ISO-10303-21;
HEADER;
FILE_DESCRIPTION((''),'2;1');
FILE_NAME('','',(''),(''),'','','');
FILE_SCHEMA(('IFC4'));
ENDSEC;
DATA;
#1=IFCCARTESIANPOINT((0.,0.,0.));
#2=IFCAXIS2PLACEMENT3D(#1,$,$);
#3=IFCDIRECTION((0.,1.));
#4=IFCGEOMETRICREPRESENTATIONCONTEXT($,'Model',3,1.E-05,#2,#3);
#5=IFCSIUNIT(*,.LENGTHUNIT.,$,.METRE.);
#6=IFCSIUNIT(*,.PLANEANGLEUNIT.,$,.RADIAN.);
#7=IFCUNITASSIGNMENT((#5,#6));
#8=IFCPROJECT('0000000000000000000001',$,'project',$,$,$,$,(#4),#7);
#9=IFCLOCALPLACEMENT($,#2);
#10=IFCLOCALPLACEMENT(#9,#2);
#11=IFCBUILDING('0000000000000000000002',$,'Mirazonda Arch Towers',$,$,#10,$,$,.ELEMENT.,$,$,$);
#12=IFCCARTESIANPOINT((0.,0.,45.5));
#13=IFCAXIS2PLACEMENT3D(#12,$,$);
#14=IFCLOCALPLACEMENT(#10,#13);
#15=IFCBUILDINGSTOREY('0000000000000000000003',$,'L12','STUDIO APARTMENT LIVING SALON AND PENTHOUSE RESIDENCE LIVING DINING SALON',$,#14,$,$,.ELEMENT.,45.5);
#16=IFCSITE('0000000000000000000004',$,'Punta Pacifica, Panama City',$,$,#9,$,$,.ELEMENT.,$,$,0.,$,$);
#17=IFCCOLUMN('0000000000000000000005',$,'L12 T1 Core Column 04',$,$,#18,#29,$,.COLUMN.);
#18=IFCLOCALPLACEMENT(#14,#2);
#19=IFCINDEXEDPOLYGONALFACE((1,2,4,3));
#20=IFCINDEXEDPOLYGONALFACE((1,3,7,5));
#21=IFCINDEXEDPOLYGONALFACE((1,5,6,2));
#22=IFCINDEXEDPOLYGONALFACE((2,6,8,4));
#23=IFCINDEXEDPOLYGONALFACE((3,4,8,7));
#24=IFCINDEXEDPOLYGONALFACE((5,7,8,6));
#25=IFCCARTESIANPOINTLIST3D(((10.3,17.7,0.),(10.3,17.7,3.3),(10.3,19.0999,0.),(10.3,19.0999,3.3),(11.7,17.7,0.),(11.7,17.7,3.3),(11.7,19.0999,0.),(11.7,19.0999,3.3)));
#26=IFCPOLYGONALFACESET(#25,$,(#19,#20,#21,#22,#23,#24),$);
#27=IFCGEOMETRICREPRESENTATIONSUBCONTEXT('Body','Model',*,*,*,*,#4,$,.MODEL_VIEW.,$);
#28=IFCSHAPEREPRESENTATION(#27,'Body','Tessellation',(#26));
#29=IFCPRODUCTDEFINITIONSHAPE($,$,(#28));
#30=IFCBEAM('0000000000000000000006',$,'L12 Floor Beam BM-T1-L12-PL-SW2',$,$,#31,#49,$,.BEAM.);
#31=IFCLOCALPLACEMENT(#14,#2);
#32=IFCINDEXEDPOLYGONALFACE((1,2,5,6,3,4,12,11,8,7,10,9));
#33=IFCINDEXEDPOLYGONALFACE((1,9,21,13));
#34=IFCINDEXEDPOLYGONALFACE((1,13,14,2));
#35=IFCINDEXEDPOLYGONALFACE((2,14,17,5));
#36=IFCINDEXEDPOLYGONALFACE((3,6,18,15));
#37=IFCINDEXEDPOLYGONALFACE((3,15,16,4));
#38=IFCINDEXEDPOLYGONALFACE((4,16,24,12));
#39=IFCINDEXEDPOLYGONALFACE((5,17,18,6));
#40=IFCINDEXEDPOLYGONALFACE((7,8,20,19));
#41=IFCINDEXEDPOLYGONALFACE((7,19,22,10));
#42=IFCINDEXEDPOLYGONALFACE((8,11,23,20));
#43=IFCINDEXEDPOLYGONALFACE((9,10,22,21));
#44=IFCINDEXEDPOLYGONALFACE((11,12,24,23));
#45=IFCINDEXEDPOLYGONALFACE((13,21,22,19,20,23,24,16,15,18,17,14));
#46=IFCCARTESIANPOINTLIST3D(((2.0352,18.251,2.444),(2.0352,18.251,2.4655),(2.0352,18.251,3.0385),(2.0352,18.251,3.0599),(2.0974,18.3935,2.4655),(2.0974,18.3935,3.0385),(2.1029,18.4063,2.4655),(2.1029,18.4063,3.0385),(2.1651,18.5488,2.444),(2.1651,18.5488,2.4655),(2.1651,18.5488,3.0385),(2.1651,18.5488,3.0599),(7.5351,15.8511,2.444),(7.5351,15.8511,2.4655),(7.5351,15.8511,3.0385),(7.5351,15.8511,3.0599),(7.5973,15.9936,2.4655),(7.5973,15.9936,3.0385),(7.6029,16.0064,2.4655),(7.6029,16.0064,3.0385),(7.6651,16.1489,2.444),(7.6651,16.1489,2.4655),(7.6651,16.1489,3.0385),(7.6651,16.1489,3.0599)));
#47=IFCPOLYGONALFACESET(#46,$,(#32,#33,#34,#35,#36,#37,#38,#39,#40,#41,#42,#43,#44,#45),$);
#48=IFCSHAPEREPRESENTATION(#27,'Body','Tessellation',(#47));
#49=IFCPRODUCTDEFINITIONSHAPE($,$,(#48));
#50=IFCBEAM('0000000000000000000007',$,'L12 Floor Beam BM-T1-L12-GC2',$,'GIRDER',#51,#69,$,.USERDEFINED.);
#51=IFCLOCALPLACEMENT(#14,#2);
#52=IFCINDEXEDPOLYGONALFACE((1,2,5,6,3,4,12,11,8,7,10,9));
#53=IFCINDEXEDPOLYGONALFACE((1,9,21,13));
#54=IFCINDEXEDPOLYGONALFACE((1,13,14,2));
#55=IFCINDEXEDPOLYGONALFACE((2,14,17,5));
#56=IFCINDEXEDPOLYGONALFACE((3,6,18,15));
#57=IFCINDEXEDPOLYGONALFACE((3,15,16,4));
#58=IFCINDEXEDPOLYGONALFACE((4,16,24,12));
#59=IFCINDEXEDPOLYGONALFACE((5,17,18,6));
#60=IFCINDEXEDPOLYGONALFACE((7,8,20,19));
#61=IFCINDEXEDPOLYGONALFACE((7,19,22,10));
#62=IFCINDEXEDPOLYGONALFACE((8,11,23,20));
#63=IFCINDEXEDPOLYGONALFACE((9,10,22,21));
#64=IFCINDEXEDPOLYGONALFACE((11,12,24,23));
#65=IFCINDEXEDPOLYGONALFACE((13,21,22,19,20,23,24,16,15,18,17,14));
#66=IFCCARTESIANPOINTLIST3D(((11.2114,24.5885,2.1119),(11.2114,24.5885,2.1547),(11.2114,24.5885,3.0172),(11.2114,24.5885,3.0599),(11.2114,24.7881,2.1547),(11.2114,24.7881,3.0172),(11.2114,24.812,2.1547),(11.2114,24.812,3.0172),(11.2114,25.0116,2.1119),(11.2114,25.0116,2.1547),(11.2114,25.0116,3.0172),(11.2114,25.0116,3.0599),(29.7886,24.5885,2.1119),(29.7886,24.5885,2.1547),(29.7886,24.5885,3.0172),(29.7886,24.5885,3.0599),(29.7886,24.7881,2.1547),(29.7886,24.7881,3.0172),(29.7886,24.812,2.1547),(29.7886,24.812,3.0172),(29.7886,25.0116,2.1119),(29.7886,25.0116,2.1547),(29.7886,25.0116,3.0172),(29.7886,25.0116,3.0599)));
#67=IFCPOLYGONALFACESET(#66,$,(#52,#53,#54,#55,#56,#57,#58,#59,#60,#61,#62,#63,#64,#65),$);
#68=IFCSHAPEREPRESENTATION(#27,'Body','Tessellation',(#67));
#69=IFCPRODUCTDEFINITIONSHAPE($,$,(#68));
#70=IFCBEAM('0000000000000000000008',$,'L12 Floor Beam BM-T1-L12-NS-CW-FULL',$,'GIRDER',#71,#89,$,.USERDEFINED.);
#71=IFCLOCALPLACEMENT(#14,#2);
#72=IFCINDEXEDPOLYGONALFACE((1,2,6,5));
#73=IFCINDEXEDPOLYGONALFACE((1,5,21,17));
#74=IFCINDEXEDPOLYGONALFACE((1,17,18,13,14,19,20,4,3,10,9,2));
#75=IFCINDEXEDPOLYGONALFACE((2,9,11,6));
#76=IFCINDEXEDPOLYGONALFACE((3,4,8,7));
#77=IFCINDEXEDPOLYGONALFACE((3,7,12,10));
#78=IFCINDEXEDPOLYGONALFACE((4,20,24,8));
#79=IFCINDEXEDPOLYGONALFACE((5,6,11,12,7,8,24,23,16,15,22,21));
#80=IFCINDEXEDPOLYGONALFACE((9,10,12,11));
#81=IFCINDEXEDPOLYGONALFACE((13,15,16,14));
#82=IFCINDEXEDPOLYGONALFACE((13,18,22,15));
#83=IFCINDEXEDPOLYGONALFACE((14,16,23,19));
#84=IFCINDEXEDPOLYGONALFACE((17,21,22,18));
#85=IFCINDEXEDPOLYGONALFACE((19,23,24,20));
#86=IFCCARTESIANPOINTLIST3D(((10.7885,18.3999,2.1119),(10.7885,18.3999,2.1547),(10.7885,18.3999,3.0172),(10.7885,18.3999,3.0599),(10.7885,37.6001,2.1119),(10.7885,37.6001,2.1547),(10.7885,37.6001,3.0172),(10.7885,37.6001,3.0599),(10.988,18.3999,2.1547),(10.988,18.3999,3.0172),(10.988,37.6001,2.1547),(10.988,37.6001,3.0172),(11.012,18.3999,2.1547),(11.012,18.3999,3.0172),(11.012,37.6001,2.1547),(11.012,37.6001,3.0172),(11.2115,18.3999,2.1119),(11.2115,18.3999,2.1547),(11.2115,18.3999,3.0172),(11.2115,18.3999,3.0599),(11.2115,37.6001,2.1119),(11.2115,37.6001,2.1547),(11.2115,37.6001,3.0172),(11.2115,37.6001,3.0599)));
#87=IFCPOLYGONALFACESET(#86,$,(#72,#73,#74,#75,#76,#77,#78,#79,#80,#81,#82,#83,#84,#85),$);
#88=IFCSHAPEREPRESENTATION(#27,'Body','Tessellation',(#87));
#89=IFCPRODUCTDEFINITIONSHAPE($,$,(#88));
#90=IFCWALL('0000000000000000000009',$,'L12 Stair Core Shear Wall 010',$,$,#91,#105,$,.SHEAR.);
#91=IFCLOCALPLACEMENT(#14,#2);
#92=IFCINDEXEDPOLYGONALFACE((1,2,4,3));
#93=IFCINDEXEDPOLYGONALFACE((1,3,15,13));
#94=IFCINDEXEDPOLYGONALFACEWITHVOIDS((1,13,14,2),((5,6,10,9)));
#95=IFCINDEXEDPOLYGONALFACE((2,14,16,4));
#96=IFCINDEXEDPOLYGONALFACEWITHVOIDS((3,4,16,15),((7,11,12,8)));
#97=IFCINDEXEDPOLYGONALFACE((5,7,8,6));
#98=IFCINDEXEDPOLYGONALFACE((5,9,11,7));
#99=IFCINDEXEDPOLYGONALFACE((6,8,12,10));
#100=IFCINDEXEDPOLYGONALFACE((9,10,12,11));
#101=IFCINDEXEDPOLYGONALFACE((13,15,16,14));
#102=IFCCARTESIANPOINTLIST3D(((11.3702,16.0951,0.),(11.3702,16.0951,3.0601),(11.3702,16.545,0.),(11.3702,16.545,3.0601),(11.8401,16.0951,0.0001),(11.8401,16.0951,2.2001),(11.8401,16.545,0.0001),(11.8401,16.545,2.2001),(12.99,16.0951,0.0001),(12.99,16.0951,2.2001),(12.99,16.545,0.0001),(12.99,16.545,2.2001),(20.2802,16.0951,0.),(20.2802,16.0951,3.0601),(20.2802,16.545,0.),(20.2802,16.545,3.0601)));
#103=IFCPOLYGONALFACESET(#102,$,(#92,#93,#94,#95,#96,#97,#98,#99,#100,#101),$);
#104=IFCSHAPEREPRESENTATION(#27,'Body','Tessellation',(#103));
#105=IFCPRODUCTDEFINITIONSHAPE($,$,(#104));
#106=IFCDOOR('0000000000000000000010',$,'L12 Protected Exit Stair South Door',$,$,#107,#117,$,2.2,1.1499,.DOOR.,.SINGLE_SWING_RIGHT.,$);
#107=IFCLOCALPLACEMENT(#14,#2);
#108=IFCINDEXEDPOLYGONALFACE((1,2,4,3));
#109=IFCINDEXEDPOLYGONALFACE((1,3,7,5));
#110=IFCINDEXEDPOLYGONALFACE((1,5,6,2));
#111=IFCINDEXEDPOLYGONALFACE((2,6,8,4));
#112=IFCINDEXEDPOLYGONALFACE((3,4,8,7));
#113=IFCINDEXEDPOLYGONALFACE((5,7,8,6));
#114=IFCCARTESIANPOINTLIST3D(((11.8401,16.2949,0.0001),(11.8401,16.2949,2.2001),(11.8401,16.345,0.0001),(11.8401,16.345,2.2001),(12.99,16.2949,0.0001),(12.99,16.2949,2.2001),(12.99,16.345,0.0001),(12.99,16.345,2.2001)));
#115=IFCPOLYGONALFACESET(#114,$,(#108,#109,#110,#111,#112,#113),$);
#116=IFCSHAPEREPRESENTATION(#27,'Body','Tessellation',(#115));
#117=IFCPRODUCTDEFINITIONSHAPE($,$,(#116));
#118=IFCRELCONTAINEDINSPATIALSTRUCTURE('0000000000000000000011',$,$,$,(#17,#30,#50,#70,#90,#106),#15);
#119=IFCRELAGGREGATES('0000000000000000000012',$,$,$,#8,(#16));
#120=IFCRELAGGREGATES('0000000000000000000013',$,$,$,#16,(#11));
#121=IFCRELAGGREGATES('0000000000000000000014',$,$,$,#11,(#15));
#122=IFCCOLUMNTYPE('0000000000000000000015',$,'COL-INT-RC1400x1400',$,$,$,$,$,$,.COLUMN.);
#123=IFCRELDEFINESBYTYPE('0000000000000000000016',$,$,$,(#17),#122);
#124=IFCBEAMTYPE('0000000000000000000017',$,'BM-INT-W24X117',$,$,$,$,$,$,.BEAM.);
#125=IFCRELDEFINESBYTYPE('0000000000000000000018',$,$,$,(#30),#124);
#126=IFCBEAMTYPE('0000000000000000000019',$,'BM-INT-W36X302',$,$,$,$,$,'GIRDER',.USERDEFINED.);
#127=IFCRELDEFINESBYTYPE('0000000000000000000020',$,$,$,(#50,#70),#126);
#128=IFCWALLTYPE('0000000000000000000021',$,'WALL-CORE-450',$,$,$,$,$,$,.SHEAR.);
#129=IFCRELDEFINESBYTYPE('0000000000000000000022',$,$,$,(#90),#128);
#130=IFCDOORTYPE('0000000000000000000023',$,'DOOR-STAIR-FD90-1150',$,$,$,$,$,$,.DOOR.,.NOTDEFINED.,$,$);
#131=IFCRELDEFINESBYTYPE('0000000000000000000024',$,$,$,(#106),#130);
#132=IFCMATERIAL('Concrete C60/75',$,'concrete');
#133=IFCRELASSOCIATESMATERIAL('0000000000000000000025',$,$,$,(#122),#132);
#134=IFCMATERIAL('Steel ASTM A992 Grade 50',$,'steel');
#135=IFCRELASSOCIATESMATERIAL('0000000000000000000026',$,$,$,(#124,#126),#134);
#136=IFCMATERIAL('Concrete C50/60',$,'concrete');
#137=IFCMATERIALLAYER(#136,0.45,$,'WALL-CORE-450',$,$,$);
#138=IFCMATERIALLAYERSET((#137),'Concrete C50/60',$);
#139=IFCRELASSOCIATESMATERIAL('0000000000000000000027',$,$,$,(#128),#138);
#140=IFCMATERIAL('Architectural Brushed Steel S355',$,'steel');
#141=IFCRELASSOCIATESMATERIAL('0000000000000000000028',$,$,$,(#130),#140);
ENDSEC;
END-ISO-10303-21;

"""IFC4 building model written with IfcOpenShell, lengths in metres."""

from ifc_helpers import new_model, si_unit, direction, frame, frame_2d, origin, origin_2d, place, context, subcontext, project, spatial, rectangle, i_section, extrude, material, layer, layer_set, material_profile, profile_set, type_object, element, fill, save


model = new_model("IFC4")

# Units and contexts
model_context = context("Model", 3, precision=1e-05, world=origin(), true_north=direction((0.0, 1.0)))
body_context = subcontext(model_context, "Body", "Model", "MODEL_VIEW")
ifc_project = project(units=[si_unit("LENGTHUNIT", "METRE"), si_unit("PLANEANGLEUNIT", "RADIAN")], contexts=[model_context])

# Site, building, storey
site_placement = place(None, origin())
site = spatial("IfcSite", under=ifc_project, at=site_placement, Name="Punta Pacifica, Panama City", CompositionType="ELEMENT", RefElevation=0.0)
building_placement = place(site_placement, origin())
building = spatial("IfcBuilding", under=site, at=building_placement, Name="Mirazonda Arch Towers", CompositionType="ELEMENT")
storey_placement = place(building_placement, frame((0.0, 0.0, 45.5)))
storey = spatial("IfcBuildingStorey", under=building, at=storey_placement, Name="L12", Description="STUDIO APARTMENT LIVING SALON AND PENTHOUSE RESIDENCE LIVING DINING SALON", CompositionType="ELEMENT", Elevation=45.5)

# Column
ifc_material_1 = material(Name="Concrete C60/75", Category="concrete")
ifc_material_profile_1 = material_profile(ifc_material_1, rectangle(XDim=1.3999, YDim=1.3999, at=origin_2d()), Name="RC1400x1400")
ifc_profile_set_1 = profile_set([ifc_material_profile_1], Name="Concrete C60/75")
column_type = type_object("IfcColumnType", Name="COL-INT-RC1400x1400", PredefinedType="COLUMN", material=ifc_profile_set_1)
column_placement = place(storey_placement, frame((11.0, 18.3999, 0.0), z_axis=(0.0, 0.0, 1.0), x_axis=(1.0, 0.0, 0.0)))
element("IfcColumn", 1, at=column_placement, inside=storey, type_object=column_type, Name="L12 T1 Core Column 04", PredefinedType="COLUMN", context=body_context, shape_type="SweptSolid", body=[
    extrude(rectangle(XDim=1.3999, YDim=1.3999, at=origin_2d()), origin(), (0.0, 0.0, 1.0), 3.3),
])

# Beams
ifc_material_2 = material(Name="Steel ASTM A992 Grade 50", Category="steel")
ifc_material_profile_2 = material_profile(ifc_material_2, i_section(OverallWidth=0.325, OverallDepth=0.616, WebThickness=0.0139, FlangeThickness=0.0215, at=origin_2d()), Name="W24X117")
ifc_profile_set_2 = profile_set([ifc_material_profile_2], Name="Steel ASTM A992 Grade 50")
beam_type_1 = type_object("IfcBeamType", Name="BM-INT-W24X117", PredefinedType="BEAM", material=ifc_profile_set_2)
beam_1_placement = place(storey_placement, frame((7.6001, 16.0, 2.752), z_axis=(-0.916545, 0.399931, 0.0), x_axis=(-0.399931, -0.916545, 0.0)))
element("IfcBeam", 2, at=beam_1_placement, inside=storey, type_object=beam_type_1, Name="L12 Floor Beam BM-T1-L12-PL-SW2", PredefinedType="BEAM", context=body_context, shape_type="SweptSolid", body=[
    extrude(i_section(OverallWidth=0.325, OverallDepth=0.616, WebThickness=0.0139, FlangeThickness=0.0215, at=origin_2d()), origin(), (0.0, 0.0, 1.0), 6.0007),
])
ifc_material_profile_3 = material_profile(ifc_material_2, i_section(OverallWidth=0.4231, OverallDepth=0.948, WebThickness=0.0239, FlangeThickness=0.0427, at=origin_2d()), Name="W36X302")
ifc_profile_set_3 = profile_set([ifc_material_profile_3], Name="Steel ASTM A992 Grade 50")
beam_type_2 = type_object("IfcBeamType", Name="BM-INT-W36X302", ElementType="GIRDER", PredefinedType="USERDEFINED", material=ifc_profile_set_3)
beam_2_placement = place(storey_placement, frame((11.2114, 24.8, 2.5859), z_axis=(1.0, 0.0, 0.0), x_axis=(0.0, 1.0, 0.0)))
element("IfcBeam", 3, at=beam_2_placement, inside=storey, type_object=beam_type_2, Name="L12 Floor Beam BM-T1-L12-GC2", ObjectType="GIRDER", PredefinedType="USERDEFINED", context=body_context, shape_type="SweptSolid", body=[
    extrude(i_section(OverallWidth=0.4231, OverallDepth=0.948, WebThickness=0.0239, FlangeThickness=0.0427, at=origin_2d()), origin(), (0.0, 0.0, 1.0), 18.5771),
])
beam_3_placement = place(storey_placement, frame((11.0, 18.3999, 2.5859), z_axis=(0.0, 1.0, 0.0), x_axis=(-1.0, 0.0, 0.0)))
element("IfcBeam", 4, at=beam_3_placement, inside=storey, type_object=beam_type_2, Name="L12 Floor Beam BM-T1-L12-NS-CW-FULL", ObjectType="GIRDER", PredefinedType="USERDEFINED", context=body_context, shape_type="SweptSolid", body=[
    extrude(i_section(OverallWidth=0.4231, OverallDepth=0.948, WebThickness=0.0239, FlangeThickness=0.0427, at=origin_2d()), origin(), (0.0, 0.0, 1.0), 19.2002),
])

# Wall, opening, door
ifc_material_3 = material(Name="Concrete C50/60", Category="concrete")
ifc_layer_1 = layer(ifc_material_3, 0.45, Name="WALL-CORE-450")
ifc_layer_set_1 = layer_set([ifc_layer_1], Name="Concrete C50/60")
wall_type_1 = type_object("IfcWallType", Name="WALL-CORE-450", PredefinedType="SHEAR", material=ifc_layer_set_1)
wall_1_placement = place(storey_placement, frame((11.3701, 16.3201, 0.0), z_axis=(0.0, 0.0, 1.0), x_axis=(1.0, 0.0, 0.0)))
wall_1 = element("IfcWall", 5, at=wall_1_placement, inside=storey, type_object=wall_type_1, Name="L12 Stair Core Shear Wall 010", PredefinedType="SHEAR", context=body_context, shape_type="SweptSolid", body=[
    extrude(rectangle(XDim=8.9099, YDim=0.45, at=frame_2d((4.4551, 0.0))), origin(), (0.0, 0.0, 1.0), 3.0601),
])
opening_1_placement = place(wall_1_placement, frame((0.47, 0.0, 0.0)))
opening_1 = element("IfcOpeningElement", 6, at=opening_1_placement, cuts=wall_1, PredefinedType="OPENING", context=body_context, shape_type="SweptSolid", body=[
    extrude(rectangle(XDim=1.1499, YDim=2.2, at=frame_2d((0.575, 1.1001))), frame((0.0, 0.2349, 0.0), z_axis=(0.0, -1.0, 0.0), x_axis=(1.0, 0.0, 0.0)), (0.0, 0.0, 1.0), 0.47),
])
ifc_material_4 = material(Name="Architectural Brushed Steel S355", Category="steel")
door_type_1 = type_object("IfcDoorType", Name="DOOR-STAIR-FD90-1150", OperationType="NOTDEFINED", PredefinedType="DOOR", material=ifc_material_4)
door_1_placement = place(opening_1_placement, origin())
door_1 = element("IfcDoor", 7, at=door_1_placement, inside=storey, type_object=door_type_1, Name="L12 Protected Exit Stair South Door", OperationType="SINGLE_SWING_RIGHT", OverallHeight=2.2, OverallWidth=1.1499, PredefinedType="DOOR", context=body_context, shape_type="SweptSolid", body=[
    extrude(rectangle(XDim=1.1499, YDim=2.2, at=frame_2d((0.575, 1.1001))), frame((0.0, 0.0249, 0.0), z_axis=(0.0, -1.0, 0.0), x_axis=(1.0, 0.0, 0.0)), (0.0, 0.0, 1.0), 0.05),
])
fill(opening_1, door_1)

save(model, "model.ifc")
